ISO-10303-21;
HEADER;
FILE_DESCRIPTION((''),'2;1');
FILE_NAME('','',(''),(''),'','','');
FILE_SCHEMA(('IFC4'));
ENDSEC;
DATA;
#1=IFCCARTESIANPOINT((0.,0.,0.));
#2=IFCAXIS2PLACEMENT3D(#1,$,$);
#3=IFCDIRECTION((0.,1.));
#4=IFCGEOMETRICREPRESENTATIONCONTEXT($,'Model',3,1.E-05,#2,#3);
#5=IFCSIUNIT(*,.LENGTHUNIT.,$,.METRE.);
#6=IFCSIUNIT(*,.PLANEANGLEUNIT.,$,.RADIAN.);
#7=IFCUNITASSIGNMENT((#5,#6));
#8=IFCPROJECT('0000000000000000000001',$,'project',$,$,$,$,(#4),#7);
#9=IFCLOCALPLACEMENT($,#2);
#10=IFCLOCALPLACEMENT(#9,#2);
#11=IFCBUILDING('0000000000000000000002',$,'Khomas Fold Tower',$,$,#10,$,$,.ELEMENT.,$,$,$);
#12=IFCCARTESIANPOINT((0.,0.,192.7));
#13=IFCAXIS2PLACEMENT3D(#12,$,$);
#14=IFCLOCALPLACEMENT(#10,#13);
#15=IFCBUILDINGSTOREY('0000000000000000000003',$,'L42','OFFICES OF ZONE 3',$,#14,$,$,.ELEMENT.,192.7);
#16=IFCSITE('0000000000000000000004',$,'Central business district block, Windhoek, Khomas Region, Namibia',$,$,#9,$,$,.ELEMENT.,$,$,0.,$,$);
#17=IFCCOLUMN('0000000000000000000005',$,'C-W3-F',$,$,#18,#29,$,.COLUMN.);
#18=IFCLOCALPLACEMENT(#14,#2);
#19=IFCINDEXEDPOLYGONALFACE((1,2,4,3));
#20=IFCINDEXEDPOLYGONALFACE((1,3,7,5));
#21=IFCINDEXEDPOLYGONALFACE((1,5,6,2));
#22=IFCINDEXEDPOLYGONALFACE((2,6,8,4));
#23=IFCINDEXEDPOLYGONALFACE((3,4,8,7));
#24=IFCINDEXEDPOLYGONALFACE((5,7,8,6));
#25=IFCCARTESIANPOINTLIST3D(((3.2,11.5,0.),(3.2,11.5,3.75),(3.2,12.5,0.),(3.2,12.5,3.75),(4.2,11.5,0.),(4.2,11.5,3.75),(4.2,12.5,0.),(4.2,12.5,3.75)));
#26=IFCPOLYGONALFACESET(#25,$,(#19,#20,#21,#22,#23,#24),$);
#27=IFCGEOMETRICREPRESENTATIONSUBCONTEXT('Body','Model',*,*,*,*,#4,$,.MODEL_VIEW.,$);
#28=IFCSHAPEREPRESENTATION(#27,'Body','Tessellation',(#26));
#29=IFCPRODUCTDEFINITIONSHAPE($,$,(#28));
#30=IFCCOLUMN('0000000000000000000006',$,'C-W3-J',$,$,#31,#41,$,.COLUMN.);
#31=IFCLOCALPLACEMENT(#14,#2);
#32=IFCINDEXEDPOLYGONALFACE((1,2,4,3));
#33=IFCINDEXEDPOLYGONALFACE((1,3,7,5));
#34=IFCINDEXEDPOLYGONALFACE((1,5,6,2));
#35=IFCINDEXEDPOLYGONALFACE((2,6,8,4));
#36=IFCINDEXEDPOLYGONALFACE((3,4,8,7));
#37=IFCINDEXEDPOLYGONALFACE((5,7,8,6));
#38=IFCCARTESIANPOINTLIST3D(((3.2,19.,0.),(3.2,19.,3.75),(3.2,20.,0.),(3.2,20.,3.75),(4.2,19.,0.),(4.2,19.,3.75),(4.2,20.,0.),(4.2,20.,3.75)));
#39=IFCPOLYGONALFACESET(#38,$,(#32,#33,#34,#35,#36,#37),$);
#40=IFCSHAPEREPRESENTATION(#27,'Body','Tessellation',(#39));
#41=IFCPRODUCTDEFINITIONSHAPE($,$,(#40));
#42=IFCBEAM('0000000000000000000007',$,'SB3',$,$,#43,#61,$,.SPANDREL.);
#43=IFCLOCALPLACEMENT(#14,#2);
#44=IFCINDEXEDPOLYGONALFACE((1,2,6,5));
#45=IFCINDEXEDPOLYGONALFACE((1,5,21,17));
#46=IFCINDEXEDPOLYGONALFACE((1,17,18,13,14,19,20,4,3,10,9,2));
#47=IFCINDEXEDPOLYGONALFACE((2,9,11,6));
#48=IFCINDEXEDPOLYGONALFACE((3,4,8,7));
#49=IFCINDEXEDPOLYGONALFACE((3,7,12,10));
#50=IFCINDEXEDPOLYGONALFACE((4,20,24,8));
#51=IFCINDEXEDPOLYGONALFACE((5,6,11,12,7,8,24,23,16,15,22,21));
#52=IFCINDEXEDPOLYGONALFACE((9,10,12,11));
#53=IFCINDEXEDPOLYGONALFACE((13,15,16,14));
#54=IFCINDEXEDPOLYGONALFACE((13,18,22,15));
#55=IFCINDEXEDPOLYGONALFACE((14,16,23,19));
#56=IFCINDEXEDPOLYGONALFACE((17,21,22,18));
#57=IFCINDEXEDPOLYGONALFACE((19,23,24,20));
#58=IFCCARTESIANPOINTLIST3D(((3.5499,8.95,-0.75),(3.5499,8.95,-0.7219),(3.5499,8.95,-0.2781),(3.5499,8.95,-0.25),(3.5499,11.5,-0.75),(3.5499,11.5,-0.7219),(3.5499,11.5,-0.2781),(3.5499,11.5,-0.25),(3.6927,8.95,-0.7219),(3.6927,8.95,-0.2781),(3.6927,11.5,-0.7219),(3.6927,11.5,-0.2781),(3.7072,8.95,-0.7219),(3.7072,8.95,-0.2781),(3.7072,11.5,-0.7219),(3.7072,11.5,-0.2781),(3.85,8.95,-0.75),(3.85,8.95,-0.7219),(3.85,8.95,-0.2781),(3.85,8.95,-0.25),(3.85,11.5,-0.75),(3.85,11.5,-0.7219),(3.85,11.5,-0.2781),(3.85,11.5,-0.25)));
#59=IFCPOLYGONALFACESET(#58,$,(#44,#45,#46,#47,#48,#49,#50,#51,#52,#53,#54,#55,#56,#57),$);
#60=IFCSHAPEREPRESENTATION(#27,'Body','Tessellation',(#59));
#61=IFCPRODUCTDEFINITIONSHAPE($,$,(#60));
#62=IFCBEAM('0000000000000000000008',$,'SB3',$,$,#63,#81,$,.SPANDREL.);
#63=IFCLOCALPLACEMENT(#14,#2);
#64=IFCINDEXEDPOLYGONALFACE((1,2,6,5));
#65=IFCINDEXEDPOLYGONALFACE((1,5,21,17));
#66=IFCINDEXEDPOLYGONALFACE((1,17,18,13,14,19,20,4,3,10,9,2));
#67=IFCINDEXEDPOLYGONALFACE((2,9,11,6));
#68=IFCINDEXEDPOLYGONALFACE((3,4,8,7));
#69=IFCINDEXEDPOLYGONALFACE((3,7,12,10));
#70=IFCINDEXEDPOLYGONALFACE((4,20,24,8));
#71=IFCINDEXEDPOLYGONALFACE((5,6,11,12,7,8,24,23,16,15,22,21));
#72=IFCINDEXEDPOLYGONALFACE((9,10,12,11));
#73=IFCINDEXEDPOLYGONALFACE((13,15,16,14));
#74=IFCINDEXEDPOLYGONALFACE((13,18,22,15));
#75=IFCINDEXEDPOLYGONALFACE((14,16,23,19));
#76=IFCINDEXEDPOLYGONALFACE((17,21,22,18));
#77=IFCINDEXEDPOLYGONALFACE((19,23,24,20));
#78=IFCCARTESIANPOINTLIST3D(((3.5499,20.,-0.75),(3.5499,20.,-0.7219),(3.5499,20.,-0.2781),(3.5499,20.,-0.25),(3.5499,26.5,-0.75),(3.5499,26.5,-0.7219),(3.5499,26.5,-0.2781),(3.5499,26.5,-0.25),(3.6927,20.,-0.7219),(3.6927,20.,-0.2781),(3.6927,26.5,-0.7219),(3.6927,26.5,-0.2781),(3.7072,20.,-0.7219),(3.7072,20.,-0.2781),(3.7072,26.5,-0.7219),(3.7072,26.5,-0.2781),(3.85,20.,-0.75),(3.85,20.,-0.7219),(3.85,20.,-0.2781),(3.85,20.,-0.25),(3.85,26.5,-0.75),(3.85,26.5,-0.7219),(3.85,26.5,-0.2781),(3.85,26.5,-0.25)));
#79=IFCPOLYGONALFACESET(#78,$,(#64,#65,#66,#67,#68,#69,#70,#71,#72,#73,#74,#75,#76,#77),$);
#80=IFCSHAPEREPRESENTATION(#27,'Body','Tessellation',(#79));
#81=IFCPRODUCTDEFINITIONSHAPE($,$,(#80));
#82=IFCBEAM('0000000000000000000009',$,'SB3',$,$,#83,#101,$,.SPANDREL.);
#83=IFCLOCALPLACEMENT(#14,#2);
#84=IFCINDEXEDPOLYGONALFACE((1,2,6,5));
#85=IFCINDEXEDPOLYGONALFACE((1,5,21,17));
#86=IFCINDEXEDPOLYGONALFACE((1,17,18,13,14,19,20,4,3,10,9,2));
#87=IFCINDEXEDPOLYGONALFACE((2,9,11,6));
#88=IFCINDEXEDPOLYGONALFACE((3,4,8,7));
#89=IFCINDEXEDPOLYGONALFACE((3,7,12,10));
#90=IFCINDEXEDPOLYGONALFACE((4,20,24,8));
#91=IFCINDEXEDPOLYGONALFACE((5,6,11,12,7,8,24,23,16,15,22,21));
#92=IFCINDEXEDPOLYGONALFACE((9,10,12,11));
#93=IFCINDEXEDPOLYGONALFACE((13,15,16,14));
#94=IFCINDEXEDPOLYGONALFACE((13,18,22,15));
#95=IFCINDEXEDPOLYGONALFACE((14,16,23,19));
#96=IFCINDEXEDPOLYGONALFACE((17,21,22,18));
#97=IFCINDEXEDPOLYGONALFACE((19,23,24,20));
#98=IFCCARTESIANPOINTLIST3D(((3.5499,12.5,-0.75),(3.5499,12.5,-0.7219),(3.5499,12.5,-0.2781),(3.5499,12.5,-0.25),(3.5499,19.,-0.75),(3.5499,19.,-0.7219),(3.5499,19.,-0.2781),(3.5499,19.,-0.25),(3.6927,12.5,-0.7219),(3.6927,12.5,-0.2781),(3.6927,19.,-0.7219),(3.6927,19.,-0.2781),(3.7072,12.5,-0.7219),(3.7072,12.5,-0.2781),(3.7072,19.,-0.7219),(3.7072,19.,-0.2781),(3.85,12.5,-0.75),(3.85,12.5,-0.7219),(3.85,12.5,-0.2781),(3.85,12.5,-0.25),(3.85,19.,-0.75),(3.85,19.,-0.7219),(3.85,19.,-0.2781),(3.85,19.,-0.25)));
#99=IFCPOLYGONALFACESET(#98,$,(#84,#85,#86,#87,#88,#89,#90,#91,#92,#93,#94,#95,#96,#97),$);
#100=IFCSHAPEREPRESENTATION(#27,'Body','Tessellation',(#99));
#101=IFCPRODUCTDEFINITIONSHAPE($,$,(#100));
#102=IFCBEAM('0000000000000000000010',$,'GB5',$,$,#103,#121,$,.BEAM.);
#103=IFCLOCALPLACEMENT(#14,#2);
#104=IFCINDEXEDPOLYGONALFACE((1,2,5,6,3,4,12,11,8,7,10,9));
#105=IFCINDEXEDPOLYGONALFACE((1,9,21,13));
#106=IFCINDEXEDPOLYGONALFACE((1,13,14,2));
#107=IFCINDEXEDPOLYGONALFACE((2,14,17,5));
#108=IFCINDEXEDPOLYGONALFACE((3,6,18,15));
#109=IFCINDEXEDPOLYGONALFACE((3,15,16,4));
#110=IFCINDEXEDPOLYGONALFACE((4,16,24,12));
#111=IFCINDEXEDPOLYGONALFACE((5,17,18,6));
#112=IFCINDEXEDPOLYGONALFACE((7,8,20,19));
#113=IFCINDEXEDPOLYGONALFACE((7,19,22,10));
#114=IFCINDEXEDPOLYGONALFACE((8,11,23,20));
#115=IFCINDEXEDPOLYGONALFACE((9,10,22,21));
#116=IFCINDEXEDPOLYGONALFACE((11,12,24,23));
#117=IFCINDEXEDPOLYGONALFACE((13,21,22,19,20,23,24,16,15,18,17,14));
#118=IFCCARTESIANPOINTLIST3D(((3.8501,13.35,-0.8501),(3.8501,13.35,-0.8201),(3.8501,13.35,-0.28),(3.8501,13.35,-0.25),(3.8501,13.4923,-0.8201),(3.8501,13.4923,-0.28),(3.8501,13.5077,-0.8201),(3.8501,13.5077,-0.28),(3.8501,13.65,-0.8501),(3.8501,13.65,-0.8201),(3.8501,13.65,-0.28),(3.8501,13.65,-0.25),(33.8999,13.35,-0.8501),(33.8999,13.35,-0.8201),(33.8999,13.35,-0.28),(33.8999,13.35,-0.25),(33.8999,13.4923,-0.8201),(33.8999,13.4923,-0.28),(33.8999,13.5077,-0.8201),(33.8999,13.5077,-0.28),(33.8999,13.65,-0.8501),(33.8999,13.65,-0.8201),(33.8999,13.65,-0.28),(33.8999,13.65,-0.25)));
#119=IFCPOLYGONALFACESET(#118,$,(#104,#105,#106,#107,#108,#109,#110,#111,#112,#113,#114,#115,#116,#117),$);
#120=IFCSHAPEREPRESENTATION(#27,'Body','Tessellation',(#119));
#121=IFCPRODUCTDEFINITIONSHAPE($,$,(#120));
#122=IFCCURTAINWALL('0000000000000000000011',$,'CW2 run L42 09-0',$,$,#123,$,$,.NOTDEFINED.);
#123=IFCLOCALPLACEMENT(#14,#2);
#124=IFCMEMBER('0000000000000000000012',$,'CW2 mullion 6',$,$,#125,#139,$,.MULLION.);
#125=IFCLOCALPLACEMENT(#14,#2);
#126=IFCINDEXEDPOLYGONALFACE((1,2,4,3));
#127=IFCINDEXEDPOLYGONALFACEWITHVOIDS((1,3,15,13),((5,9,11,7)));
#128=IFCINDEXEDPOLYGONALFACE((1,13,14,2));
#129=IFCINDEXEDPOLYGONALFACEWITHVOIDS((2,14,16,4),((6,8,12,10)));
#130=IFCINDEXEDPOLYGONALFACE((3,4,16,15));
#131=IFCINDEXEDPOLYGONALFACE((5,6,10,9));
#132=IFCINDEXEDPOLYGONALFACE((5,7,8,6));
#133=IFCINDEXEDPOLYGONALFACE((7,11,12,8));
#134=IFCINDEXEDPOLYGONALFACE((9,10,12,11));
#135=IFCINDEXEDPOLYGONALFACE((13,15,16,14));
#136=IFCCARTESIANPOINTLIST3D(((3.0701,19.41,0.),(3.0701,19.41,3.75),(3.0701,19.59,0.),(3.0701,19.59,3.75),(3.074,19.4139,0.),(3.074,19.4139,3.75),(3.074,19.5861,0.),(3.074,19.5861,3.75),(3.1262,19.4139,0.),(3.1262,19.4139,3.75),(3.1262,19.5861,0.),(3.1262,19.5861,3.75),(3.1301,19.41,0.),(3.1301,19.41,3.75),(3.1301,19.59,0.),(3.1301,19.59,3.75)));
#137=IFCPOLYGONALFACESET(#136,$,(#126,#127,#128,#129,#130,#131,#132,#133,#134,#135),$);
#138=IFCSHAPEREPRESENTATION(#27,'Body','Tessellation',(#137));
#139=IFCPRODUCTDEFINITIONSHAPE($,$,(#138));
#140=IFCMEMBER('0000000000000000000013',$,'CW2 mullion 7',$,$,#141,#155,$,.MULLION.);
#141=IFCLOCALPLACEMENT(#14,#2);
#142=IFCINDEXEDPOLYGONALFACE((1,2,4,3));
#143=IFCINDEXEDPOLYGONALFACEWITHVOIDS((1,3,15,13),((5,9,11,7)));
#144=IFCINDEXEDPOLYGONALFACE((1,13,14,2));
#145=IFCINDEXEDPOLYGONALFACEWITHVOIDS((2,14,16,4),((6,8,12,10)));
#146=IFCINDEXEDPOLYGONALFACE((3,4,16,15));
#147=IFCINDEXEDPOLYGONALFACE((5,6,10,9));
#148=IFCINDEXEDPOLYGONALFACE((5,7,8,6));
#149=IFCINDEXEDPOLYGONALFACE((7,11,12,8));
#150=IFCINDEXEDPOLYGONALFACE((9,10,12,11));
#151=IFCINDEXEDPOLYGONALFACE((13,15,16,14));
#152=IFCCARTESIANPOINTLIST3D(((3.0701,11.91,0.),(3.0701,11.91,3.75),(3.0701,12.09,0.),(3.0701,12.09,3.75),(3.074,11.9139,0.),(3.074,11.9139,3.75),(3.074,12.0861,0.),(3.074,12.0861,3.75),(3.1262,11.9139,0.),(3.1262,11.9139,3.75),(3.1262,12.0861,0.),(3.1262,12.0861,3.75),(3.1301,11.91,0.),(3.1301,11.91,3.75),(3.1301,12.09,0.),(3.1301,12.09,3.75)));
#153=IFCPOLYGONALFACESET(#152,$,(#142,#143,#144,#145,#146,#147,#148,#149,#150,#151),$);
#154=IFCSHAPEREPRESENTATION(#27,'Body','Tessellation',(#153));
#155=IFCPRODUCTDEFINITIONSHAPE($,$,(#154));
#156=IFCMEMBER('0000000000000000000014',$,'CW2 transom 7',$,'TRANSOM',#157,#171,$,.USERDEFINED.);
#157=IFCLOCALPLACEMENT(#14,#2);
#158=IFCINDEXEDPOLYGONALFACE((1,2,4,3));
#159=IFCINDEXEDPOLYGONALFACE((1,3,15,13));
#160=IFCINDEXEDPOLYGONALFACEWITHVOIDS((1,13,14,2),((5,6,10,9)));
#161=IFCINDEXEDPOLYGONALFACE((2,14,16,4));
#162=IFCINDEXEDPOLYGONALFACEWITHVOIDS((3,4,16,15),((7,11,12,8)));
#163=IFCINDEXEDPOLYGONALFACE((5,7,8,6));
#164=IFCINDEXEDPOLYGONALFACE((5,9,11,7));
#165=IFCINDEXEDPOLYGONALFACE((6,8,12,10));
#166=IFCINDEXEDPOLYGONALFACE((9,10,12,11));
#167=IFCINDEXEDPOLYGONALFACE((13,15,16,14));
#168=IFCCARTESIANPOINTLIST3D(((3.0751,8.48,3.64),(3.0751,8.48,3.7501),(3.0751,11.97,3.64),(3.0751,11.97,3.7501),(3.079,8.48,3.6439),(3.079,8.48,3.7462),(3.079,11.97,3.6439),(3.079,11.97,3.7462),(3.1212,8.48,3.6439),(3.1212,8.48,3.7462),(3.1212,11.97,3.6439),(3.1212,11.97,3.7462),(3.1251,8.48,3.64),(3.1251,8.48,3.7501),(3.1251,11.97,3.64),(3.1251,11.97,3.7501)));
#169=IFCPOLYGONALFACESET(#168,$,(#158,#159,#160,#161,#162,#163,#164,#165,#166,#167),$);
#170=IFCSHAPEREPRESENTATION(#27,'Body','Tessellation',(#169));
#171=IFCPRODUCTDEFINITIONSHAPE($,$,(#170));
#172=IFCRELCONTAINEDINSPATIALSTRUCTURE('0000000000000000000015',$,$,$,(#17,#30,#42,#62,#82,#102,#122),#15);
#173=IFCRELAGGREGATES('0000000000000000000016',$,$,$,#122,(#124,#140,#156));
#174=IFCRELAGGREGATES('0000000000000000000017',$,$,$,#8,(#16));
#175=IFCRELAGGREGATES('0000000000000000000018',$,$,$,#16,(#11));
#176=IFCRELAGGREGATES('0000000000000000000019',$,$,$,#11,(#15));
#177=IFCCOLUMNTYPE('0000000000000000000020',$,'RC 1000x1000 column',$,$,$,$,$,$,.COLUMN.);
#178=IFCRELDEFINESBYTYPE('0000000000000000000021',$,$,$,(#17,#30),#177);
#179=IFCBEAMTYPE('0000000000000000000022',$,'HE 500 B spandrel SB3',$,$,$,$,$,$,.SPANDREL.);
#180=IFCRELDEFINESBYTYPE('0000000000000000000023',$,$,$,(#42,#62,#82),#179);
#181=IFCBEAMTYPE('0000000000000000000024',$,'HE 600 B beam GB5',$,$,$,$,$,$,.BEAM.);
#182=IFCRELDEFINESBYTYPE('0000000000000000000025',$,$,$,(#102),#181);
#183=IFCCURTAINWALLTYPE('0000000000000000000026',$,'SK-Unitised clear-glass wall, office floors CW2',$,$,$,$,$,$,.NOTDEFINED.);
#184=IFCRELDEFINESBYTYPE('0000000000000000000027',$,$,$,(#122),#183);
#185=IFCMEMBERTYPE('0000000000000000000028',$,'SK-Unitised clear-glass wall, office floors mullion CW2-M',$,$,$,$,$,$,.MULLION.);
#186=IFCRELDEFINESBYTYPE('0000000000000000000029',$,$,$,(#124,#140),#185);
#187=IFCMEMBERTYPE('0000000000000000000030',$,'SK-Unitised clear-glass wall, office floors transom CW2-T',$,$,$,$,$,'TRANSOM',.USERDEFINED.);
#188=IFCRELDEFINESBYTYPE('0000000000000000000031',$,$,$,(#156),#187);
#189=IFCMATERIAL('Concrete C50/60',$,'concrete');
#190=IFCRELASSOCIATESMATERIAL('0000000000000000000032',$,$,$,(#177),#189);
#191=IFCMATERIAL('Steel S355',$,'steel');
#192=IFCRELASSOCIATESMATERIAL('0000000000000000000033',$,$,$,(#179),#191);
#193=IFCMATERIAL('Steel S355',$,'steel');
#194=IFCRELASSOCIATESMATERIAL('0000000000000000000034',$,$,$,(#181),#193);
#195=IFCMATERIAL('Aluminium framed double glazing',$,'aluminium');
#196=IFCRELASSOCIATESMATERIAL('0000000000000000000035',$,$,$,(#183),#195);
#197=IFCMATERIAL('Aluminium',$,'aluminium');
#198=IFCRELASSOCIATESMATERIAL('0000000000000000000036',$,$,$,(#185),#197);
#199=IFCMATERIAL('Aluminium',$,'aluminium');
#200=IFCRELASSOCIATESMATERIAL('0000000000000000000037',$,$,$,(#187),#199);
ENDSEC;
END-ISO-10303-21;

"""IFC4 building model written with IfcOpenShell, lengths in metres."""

from ifc_helpers import new_model, si_unit, direction, frame, origin, origin_2d, place, context, subcontext, project, spatial, rectangle, hollow_rectangle, i_section, extrude, source, transform, mapped, material, material_profile, profile_set, type_object, element, aggregate, save


model = new_model("IFC4")

# Units and contexts
model_context = context("Model", 3, precision=1e-05, world=origin(), true_north=direction((0.0, 1.0)))
body_context = subcontext(model_context, "Body", "Model", "MODEL_VIEW")
ifc_project = project(units=[si_unit("LENGTHUNIT", "METRE"), si_unit("PLANEANGLEUNIT", "RADIAN")], contexts=[model_context])

# Site, building, storey
site_placement = place(None, origin())
site = spatial("IfcSite", under=ifc_project, at=site_placement, Name="Central business district block, Windhoek, Khomas Region, Namibia", CompositionType="ELEMENT", RefElevation=0.0)
building_placement = place(site_placement, origin())
building = spatial("IfcBuilding", under=site, at=building_placement, Name="Khomas Fold Tower", CompositionType="ELEMENT")
storey_placement = place(building_placement, frame((0.0, 0.0, 192.7)))
storey = spatial("IfcBuildingStorey", under=building, at=storey_placement, Name="L42", Description="OFFICES OF ZONE 3", CompositionType="ELEMENT", Elevation=192.7)

# Columns
ifc_material_1 = material(Name="Concrete C50/60", Category="concrete")
ifc_material_profile_1 = material_profile(ifc_material_1, rectangle(XDim=1.0, YDim=1.0, at=origin_2d()), Name="RC 1000x1000")
ifc_profile_set_1 = profile_set([ifc_material_profile_1], Name="Concrete C50/60")
column_type = type_object("IfcColumnType", Name="RC 1000x1000 column", PredefinedType="COLUMN", material=ifc_profile_set_1)
shared_shape_1 = source(origin(), body_context, "Body", "SweptSolid", [
    extrude(rectangle(XDim=1.0, YDim=1.0, at=origin_2d()), origin(), (0.0, 0.0, 1.0), 3.75),
])
for number, where, z_axis, x_axis, name in (
    (1, (3.7, 12.0, 0.0), (0.0, 0.0, 1.0), (1.0, 0.0, 0.0), "C-W3-F"),
    (2, (3.7, 19.5, 0.0), (0.0, 0.0, 1.0), (1.0, 0.0, 0.0), "C-W3-J"),
):
    element("IfcColumn", number, at=place(storey_placement, frame(where, z_axis=z_axis, x_axis=x_axis)), inside=storey, type_object=column_type, Name=name, PredefinedType="COLUMN", context=body_context, shape_type="MappedRepresentation", body=[
        mapped(shared_shape_1, transform((0.0, 0.0, 0.0))),
    ])

# Beams
ifc_material_2 = material(Name="Steel S355", Category="steel")
ifc_material_profile_2 = material_profile(ifc_material_2, i_section(OverallWidth=0.3, OverallDepth=0.5, WebThickness=0.0144, FlangeThickness=0.0281, at=origin_2d()), Name="HE 500 B")
ifc_profile_set_2 = profile_set([ifc_material_profile_2], Name="Steel S355")
beam_type_1 = type_object("IfcBeamType", Name="HE 500 B spandrel SB3", PredefinedType="SPANDREL", material=ifc_profile_set_2)
shared_shape_2 = source(origin(), body_context, "Body", "SweptSolid", [
    extrude(i_section(OverallWidth=0.3, OverallDepth=0.5, WebThickness=0.0144, FlangeThickness=0.0281, at=origin_2d()), origin(), (0.0, 0.0, 1.0), 2.55),
])
beam_1_placement = place(storey_placement, frame((3.7, 8.95, -0.5), z_axis=(0.0, 1.0, 0.0), x_axis=(-1.0, 0.0, 0.0)))
element("IfcBeam", 3, at=beam_1_placement, inside=storey, type_object=beam_type_1, Name="SB3", PredefinedType="SPANDREL", context=body_context, shape_type="MappedRepresentation", body=[
    mapped(shared_shape_2, transform((0.0, 0.0, 0.0))),
])
shared_shape_3 = source(origin(), body_context, "Body", "SweptSolid", [
    extrude(i_section(OverallWidth=0.3, OverallDepth=0.5, WebThickness=0.0144, FlangeThickness=0.0281, at=origin_2d()), origin(), (0.0, 0.0, 1.0), 6.5),
])
for number, where, z_axis, x_axis, name in (
    (4, (3.7, 20.0, -0.5), (0.0, 1.0, 0.0), (-1.0, 0.0, 0.0), "SB3"),
    (5, (3.7, 12.5, -0.5), (0.0, 1.0, 0.0), (-1.0, 0.0, 0.0), "SB3"),
):
    element("IfcBeam", number, at=place(storey_placement, frame(where, z_axis=z_axis, x_axis=x_axis)), inside=storey, type_object=beam_type_1, Name=name, PredefinedType="SPANDREL", context=body_context, shape_type="MappedRepresentation", body=[
        mapped(shared_shape_3, transform((0.0, 0.0, 0.0))),
    ])
ifc_material_3 = material(Name="Steel S355", Category="steel")
ifc_material_profile_3 = material_profile(ifc_material_3, i_section(OverallWidth=0.3, OverallDepth=0.6001, WebThickness=0.0154, FlangeThickness=0.03, at=origin_2d()), Name="HE 600 B")
ifc_profile_set_3 = profile_set([ifc_material_profile_3], Name="Steel S355")
beam_type_2 = type_object("IfcBeamType", Name="HE 600 B beam GB5", PredefinedType="BEAM", material=ifc_profile_set_3)
shared_shape_4 = source(origin(), body_context, "Body", "SweptSolid", [
    extrude(i_section(OverallWidth=0.3, OverallDepth=0.6001, WebThickness=0.0154, FlangeThickness=0.03, at=origin_2d()), origin(), (0.0, 0.0, 1.0), 30.0498),
])
beam_2_placement = place(storey_placement, frame((3.8501, 13.5, -0.55), z_axis=(1.0, 0.0, 0.0), x_axis=(0.0, 1.0, 0.0)))
element("IfcBeam", 6, at=beam_2_placement, inside=storey, type_object=beam_type_2, Name="GB5", PredefinedType="BEAM", context=body_context, shape_type="MappedRepresentation", body=[
    mapped(shared_shape_4, transform((0.0, 0.0, 0.0))),
])

# Curtain wall, members
ifc_material_4 = material(Name="Aluminium framed double glazing", Category="aluminium")
curtain_wall_type = type_object("IfcCurtainWallType", Name="SK-Unitised clear-glass wall, office floors CW2", PredefinedType="NOTDEFINED", material=ifc_material_4)
curtain_wall_placement = place(storey_placement, origin())
curtain_wall = element("IfcCurtainWall", 7, at=curtain_wall_placement, inside=storey, type_object=curtain_wall_type, Name="CW2 run L42 09-0", PredefinedType="NOTDEFINED")
ifc_material_5 = material(Name="Aluminium", Category="aluminium")
ifc_material_profile_4 = material_profile(ifc_material_5, hollow_rectangle(XDim=0.0601, YDim=0.1799, WallThickness=0.0039, at=origin_2d()), Name="SK-Unitised clear-glass wall, office floors mullion CW2-M")
ifc_profile_set_4 = profile_set([ifc_material_profile_4], Name="Aluminium")
member_type_1 = type_object("IfcMemberType", Name="SK-Unitised clear-glass wall, office floors mullion CW2-M", PredefinedType="MULLION", material=ifc_profile_set_4)
shared_shape_5 = source(origin(), body_context, "Body", "SweptSolid", [
    extrude(hollow_rectangle(XDim=0.0601, YDim=0.1799, WallThickness=0.0039, at=origin_2d()), origin(), (0.0, 0.0, 1.0), 3.75),
])
member_1_placement = place(storey_placement, frame((3.1001, 19.5, 0.0), z_axis=(0.0, 0.0, 1.0), x_axis=(1.0, 0.0, 0.0)))
member_1 = element("IfcMember", 8, at=member_1_placement, type_object=member_type_1, Name="CW2 mullion 6", PredefinedType="MULLION", context=body_context, shape_type="MappedRepresentation", body=[
    mapped(shared_shape_5, transform((0.0, 0.0, 0.0))),
])
member_2_placement = place(storey_placement, frame((3.1001, 12.0, 0.0), z_axis=(0.0, 0.0, 1.0), x_axis=(1.0, 0.0, 0.0)))
member_2 = element("IfcMember", 9, at=member_2_placement, type_object=member_type_1, Name="CW2 mullion 7", PredefinedType="MULLION", context=body_context, shape_type="MappedRepresentation", body=[
    mapped(shared_shape_5, transform((0.0, 0.0, 0.0))),
])
ifc_material_6 = material(Name="Aluminium", Category="aluminium")
ifc_material_profile_5 = material_profile(ifc_material_6, hollow_rectangle(XDim=0.05, YDim=0.1101, WallThickness=0.0039, at=origin_2d()), Name="SK-Unitised clear-glass wall, office floors transom CW2-T")
ifc_profile_set_5 = profile_set([ifc_material_profile_5], Name="Aluminium")
member_type_2 = type_object("IfcMemberType", Name="SK-Unitised clear-glass wall, office floors transom CW2-T", ElementType="TRANSOM", PredefinedType="USERDEFINED", material=ifc_profile_set_5)
shared_shape_6 = source(origin(), body_context, "Body", "SweptSolid", [
    extrude(hollow_rectangle(XDim=0.05, YDim=0.1101, WallThickness=0.0039, at=origin_2d()), origin(), (0.0, 0.0, 1.0), 3.49),
])
member_3_placement = place(storey_placement, frame((3.1001, 11.97, 3.6951), z_axis=(0.0, -1.0, 0.0), x_axis=(1.0, 0.0, 0.0)))
member_3 = element("IfcMember", 10, at=member_3_placement, type_object=member_type_2, Name="CW2 transom 7", ObjectType="TRANSOM", PredefinedType="USERDEFINED", context=body_context, shape_type="MappedRepresentation", body=[
    mapped(shared_shape_6, transform((0.0, 0.0, 0.0))),
])
aggregate(curtain_wall, [member_1, member_2, member_3])

save(model, "model.ifc")
